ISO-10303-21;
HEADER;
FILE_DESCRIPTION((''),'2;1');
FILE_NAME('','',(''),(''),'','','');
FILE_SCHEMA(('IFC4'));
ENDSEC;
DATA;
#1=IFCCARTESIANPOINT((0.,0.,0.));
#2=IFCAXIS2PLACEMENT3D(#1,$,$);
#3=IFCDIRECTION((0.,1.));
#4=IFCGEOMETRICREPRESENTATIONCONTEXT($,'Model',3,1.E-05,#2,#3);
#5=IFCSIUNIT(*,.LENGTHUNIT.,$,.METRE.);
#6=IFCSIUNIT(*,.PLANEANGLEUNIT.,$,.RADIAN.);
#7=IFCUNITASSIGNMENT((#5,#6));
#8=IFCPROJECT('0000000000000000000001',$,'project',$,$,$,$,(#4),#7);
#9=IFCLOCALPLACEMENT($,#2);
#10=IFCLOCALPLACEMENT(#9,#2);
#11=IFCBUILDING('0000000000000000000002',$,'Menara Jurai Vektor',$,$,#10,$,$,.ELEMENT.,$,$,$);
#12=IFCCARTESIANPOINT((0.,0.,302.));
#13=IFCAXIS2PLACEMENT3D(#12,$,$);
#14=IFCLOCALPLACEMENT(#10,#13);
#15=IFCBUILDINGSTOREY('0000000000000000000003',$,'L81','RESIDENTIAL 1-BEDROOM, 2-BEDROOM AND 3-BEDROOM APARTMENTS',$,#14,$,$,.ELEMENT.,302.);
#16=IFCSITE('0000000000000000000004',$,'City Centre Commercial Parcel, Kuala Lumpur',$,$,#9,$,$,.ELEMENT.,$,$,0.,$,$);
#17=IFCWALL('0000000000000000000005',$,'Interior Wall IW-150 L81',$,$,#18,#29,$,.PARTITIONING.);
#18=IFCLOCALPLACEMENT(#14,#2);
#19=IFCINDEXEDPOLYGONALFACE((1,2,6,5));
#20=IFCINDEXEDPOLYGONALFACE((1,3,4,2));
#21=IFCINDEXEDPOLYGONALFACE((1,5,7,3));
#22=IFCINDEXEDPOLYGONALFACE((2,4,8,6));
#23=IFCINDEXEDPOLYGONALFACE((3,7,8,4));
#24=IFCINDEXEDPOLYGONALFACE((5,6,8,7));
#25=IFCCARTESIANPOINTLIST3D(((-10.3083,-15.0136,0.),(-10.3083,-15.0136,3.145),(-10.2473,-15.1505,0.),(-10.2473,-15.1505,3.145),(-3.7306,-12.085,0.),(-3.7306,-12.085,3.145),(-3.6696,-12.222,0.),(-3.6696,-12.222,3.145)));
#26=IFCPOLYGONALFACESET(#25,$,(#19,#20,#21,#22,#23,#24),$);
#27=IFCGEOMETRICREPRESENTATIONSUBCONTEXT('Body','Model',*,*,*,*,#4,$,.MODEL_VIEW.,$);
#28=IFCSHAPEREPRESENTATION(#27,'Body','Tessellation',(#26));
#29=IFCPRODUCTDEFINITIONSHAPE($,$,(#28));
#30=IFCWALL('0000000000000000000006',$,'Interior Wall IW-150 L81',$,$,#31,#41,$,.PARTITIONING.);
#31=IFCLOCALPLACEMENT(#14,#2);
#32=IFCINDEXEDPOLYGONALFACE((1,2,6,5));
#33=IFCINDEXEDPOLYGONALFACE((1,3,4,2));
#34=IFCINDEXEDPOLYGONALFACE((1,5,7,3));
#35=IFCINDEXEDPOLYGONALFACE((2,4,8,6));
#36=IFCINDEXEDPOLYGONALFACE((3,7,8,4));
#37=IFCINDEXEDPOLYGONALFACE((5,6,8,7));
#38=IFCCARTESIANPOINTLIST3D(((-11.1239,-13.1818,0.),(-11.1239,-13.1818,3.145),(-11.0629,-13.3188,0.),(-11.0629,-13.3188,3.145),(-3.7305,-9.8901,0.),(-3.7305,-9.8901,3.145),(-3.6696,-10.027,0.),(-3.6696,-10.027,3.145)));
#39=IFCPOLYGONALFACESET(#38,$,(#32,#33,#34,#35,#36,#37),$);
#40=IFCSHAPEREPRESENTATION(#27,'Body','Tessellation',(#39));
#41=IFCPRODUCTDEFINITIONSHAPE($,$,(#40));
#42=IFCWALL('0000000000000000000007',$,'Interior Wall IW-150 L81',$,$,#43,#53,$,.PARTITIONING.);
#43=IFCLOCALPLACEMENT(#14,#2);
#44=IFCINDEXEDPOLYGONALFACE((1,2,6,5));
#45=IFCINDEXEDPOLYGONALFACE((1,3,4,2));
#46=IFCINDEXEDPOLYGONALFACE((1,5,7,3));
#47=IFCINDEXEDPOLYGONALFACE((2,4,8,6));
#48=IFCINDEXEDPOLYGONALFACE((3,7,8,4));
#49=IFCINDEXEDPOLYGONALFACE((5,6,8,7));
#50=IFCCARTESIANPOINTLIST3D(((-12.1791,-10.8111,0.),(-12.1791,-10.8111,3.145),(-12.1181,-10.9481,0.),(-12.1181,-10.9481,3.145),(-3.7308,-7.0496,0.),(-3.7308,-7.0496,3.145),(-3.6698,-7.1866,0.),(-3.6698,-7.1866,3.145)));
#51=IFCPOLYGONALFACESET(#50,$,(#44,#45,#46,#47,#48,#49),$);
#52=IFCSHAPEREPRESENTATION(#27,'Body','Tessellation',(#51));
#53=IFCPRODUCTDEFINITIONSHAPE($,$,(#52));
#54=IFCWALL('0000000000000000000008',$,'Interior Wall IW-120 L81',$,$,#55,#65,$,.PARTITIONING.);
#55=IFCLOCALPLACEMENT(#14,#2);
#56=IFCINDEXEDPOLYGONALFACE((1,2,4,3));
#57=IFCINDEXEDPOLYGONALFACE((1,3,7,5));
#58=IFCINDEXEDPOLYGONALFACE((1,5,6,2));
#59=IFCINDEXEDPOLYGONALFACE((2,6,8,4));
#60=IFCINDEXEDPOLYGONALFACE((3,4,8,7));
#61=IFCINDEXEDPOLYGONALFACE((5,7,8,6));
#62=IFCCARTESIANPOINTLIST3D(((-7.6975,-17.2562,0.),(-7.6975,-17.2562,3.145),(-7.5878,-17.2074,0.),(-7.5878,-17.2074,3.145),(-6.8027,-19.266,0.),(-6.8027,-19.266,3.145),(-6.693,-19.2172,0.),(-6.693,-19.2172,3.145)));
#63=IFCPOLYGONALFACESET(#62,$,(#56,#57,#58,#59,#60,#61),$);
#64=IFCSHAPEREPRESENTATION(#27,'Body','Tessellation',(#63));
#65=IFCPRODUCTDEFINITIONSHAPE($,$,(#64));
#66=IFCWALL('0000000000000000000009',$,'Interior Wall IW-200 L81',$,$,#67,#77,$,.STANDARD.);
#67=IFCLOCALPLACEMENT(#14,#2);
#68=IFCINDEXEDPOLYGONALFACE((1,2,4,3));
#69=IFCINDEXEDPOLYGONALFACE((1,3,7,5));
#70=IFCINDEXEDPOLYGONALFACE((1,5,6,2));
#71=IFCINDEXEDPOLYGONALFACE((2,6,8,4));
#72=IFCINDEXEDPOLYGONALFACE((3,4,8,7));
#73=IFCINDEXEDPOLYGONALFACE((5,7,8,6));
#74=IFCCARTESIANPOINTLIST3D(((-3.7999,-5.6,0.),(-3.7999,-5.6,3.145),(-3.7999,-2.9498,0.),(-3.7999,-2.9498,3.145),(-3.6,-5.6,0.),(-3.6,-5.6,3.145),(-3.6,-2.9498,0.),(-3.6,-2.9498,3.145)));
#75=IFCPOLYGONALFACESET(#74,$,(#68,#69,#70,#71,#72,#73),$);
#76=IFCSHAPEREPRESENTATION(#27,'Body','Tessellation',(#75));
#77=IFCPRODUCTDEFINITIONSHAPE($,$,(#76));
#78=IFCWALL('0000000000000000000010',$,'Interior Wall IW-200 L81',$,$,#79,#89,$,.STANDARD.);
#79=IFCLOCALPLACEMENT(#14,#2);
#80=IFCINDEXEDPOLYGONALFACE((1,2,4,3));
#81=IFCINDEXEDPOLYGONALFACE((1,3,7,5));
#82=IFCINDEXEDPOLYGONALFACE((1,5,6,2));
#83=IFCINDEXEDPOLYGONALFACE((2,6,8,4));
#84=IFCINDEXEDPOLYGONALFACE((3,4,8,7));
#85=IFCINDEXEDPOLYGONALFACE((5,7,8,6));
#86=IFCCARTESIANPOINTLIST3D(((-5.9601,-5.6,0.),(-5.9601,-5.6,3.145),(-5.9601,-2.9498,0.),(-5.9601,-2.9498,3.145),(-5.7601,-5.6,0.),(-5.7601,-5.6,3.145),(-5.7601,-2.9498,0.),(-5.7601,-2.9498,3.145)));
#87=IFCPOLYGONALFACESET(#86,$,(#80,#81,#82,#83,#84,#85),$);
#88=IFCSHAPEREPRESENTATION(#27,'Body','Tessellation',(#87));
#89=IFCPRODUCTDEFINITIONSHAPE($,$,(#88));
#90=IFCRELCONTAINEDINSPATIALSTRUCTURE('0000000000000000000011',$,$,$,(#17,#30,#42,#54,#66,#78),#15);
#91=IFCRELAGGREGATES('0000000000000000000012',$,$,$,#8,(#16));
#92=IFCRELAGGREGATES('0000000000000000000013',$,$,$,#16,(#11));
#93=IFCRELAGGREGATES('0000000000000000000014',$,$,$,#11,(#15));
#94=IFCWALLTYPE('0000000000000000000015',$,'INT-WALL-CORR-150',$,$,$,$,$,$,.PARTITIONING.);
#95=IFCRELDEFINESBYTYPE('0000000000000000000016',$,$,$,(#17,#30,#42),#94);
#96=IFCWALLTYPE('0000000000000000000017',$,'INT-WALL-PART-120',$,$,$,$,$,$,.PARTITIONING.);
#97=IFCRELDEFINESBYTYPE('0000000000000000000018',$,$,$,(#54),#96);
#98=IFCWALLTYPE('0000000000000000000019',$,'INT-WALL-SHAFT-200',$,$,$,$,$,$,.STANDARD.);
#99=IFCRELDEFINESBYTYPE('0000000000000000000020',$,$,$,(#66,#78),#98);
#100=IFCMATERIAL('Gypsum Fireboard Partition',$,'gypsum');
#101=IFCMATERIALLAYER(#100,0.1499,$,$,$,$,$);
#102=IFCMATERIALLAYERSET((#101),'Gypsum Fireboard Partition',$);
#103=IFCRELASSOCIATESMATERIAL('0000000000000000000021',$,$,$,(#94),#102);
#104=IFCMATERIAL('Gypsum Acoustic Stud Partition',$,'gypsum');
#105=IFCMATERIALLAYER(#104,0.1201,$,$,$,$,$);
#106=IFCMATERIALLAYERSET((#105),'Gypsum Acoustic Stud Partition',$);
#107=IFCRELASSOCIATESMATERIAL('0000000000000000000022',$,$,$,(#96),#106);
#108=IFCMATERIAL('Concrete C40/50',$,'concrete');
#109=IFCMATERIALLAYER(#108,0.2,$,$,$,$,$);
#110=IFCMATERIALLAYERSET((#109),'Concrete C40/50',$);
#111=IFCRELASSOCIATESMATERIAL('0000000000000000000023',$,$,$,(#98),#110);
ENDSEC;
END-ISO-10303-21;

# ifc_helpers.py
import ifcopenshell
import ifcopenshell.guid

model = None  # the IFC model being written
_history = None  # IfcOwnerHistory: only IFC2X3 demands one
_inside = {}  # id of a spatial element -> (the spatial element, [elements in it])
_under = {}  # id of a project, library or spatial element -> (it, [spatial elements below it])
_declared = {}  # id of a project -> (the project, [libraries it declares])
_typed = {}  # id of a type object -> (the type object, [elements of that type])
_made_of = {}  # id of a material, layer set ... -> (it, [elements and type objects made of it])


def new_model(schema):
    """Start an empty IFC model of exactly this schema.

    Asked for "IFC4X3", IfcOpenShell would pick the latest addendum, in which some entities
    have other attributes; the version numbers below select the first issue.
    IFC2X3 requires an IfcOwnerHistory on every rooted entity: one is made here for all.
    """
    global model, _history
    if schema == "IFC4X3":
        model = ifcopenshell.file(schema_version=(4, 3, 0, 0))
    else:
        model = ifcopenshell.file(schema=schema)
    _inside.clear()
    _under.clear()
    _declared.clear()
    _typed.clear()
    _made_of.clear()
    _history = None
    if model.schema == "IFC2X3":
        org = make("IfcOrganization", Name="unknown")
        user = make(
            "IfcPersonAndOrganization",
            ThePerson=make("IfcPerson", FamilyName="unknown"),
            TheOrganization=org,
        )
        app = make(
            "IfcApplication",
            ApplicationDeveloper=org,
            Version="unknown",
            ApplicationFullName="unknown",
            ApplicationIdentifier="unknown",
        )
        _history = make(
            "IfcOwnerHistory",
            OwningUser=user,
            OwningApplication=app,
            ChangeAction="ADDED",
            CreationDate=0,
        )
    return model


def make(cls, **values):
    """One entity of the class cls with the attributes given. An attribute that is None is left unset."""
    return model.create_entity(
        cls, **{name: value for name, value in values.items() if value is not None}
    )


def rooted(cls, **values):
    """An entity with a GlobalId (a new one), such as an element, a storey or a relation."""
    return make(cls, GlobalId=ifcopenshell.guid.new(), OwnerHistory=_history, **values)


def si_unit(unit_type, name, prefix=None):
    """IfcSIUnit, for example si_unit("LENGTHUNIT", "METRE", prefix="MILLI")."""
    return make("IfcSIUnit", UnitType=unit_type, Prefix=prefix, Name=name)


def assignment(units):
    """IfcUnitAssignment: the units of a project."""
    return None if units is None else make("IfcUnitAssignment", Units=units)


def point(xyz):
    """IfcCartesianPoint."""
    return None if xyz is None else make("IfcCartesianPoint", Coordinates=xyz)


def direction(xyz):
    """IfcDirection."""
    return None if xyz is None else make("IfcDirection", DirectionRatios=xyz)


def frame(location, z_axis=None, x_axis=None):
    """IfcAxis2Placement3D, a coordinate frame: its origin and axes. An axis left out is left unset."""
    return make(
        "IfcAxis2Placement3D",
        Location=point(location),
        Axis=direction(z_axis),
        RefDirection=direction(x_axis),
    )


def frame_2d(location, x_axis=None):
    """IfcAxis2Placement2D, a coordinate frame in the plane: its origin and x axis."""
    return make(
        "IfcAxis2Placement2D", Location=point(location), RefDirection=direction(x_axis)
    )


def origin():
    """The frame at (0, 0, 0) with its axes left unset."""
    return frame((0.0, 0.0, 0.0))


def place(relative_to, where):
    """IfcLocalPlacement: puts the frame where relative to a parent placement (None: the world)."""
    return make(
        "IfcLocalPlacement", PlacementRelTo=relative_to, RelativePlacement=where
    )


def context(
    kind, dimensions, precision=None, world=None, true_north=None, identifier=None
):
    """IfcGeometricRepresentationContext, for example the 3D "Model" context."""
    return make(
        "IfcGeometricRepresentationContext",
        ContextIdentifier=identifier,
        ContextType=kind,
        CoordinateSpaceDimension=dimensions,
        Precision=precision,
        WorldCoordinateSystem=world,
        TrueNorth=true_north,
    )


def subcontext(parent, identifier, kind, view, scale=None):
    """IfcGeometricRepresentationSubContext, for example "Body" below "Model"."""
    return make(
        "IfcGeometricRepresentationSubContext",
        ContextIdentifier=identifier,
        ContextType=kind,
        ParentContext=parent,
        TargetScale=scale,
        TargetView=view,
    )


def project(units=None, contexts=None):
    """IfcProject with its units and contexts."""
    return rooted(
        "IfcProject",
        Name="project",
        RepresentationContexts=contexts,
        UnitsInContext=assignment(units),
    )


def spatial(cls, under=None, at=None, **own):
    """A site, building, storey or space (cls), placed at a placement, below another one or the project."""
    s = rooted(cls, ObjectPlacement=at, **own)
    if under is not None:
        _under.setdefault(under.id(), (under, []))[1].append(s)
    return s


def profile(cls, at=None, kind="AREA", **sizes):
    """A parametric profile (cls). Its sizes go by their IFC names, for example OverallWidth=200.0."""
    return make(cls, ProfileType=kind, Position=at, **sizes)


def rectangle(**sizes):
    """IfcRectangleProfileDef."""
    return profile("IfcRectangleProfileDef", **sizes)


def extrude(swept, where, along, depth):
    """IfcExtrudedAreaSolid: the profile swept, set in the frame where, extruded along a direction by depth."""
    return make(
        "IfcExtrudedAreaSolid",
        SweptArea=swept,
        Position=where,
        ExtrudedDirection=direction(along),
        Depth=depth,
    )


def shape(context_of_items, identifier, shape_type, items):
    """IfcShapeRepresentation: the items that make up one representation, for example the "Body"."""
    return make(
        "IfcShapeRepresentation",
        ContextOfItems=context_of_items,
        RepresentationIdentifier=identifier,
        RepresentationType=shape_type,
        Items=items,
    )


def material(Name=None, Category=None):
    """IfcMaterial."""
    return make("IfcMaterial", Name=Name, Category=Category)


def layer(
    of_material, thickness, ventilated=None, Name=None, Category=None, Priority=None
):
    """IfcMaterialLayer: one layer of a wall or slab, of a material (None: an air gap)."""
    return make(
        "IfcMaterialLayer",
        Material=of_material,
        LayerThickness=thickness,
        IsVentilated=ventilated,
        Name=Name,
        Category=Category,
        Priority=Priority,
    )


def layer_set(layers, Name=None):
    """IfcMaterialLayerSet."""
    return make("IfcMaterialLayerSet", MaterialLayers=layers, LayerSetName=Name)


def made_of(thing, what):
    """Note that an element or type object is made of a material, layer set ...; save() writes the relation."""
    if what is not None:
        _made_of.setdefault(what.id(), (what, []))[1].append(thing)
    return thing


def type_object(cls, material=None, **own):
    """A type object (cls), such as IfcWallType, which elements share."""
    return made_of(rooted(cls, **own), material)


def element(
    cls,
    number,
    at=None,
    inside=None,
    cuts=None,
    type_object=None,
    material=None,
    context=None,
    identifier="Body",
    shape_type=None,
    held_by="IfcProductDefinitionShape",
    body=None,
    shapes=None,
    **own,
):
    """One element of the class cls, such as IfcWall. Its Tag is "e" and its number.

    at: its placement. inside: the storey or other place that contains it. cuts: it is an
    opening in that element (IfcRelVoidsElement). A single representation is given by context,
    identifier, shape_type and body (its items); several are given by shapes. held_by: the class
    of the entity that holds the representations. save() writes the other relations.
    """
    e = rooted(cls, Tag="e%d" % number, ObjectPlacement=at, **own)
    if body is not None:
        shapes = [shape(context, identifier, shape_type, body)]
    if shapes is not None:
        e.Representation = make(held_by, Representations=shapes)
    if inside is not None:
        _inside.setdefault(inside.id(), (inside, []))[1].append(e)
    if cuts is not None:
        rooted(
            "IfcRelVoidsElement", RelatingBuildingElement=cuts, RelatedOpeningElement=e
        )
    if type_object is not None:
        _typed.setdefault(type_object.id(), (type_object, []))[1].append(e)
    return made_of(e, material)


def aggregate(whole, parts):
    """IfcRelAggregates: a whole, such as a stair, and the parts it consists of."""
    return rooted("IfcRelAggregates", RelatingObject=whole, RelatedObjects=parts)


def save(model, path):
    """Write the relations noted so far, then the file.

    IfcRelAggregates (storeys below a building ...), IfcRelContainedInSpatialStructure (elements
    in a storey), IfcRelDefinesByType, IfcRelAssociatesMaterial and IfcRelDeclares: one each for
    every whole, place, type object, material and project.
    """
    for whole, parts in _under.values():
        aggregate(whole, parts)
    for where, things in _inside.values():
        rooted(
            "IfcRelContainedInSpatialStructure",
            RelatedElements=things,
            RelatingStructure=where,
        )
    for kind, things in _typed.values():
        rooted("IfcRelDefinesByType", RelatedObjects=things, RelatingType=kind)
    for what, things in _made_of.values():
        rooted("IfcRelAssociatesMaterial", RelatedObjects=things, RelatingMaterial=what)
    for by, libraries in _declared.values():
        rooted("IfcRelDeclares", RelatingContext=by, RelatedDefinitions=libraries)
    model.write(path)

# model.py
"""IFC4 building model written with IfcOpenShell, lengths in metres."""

from ifc_helpers import new_model, si_unit, direction, frame, frame_2d, origin, place, context, subcontext, project, spatial, rectangle, extrude, material, layer, layer_set, type_object, element, save


model = new_model("IFC4")

# Units and contexts
model_context = context("Model", 3, precision=1e-05, world=origin(), true_north=direction((0.0, 1.0)))
body_context = subcontext(model_context, "Body", "Model", "MODEL_VIEW")
ifc_project = project(units=[si_unit("LENGTHUNIT", "METRE"), si_unit("PLANEANGLEUNIT", "RADIAN")], contexts=[model_context])

# Site, building, storey
site_placement = place(None, origin())
site = spatial("IfcSite", under=ifc_project, at=site_placement, Name="City Centre Commercial Parcel, Kuala Lumpur", CompositionType="ELEMENT", RefElevation=0.0)
building_placement = place(site_placement, origin())
building = spatial("IfcBuilding", under=site, at=building_placement, Name="Menara Jurai Vektor", CompositionType="ELEMENT")
storey_placement = place(building_placement, frame((0.0, 0.0, 302.0)))
storey = spatial("IfcBuildingStorey", under=building, at=storey_placement, Name="L81", Description="RESIDENTIAL 1-BEDROOM, 2-BEDROOM AND 3-BEDROOM APARTMENTS", CompositionType="ELEMENT", Elevation=302.0)

# Shared definitions
ifc_material_1 = material(Name="Gypsum Fireboard Partition", Category="gypsum")
ifc_layer_1 = layer(ifc_material_1, 0.1499)
ifc_layer_set_1 = layer_set([ifc_layer_1], Name="Gypsum Fireboard Partition")
wall_type_1 = type_object("IfcWallType", Name="INT-WALL-CORR-150", PredefinedType="PARTITIONING", material=ifc_layer_set_1)

# Walls
wall_1_placement = place(storey_placement, frame((-10.2778, -15.082, 0.0), z_axis=(0.0, 0.0, 1.0), x_axis=(0.91355, 0.406727, 0.0)))
element("IfcWall", 1, at=wall_1_placement, inside=storey, type_object=wall_type_1, Name="Interior Wall IW-150 L81", PredefinedType="PARTITIONING", context=body_context, shape_type="SweptSolid", body=[
    extrude(rectangle(XDim=7.2002, YDim=0.1499, at=frame_2d((3.6001, 0.0))), origin(), (0.0, 0.0, 1.0), 3.145),
])
wall_2_placement = place(storey_placement, frame((-11.0933, -13.2502, 0.0), z_axis=(0.0, 0.0, 1.0), x_axis=(0.913544, 0.40674, 0.0)))
element("IfcWall", 2, at=wall_2_placement, inside=storey, type_object=wall_type_1, Name="Interior Wall IW-150 L81", PredefinedType="PARTITIONING", context=body_context, shape_type="SweptSolid", body=[
    extrude(rectangle(XDim=8.093, YDim=0.1499, at=frame_2d((4.0464, 0.0))), origin(), (0.0, 0.0, 1.0), 3.145),
])
wall_3_placement = place(storey_placement, frame((-12.1487, -10.8796, 0.0), z_axis=(0.0, 0.0, 1.0), x_axis=(0.913542, 0.406743, 0.0)))
element("IfcWall", 3, at=wall_3_placement, inside=storey, type_object=wall_type_1, Name="Interior Wall IW-150 L81", PredefinedType="PARTITIONING", context=body_context, shape_type="SweptSolid", body=[
    extrude(rectangle(XDim=9.2478, YDim=0.1499, at=frame_2d((4.624, 0.0))), origin(), (0.0, 0.0, 1.0), 3.145),
])
ifc_material_2 = material(Name="Gypsum Acoustic Stud Partition", Category="gypsum")
ifc_layer_2 = layer(ifc_material_2, 0.1201)
ifc_layer_set_2 = layer_set([ifc_layer_2], Name="Gypsum Acoustic Stud Partition")
wall_type_2 = type_object("IfcWallType", Name="INT-WALL-PART-120", PredefinedType="PARTITIONING", material=ifc_layer_set_2)
wall_4_placement = place(storey_placement, frame((-6.7478, -19.2417, 0.0), z_axis=(0.0, 0.0, 1.0), x_axis=(-0.406725, 0.913551, 0.0)))
element("IfcWall", 4, at=wall_4_placement, inside=storey, type_object=wall_type_2, Name="Interior Wall IW-120 L81", PredefinedType="PARTITIONING", context=body_context, shape_type="SweptSolid", body=[
    extrude(rectangle(XDim=2.2, YDim=0.1201, at=frame_2d((1.1001, 0.0))), origin(), (0.0, 0.0, 1.0), 3.145),
])
ifc_material_3 = material(Name="Concrete C40/50", Category="concrete")
ifc_layer_3 = layer(ifc_material_3, 0.2)
ifc_layer_set_3 = layer_set([ifc_layer_3], Name="Concrete C40/50")
wall_type_3 = type_object("IfcWallType", Name="INT-WALL-SHAFT-200", PredefinedType="STANDARD", material=ifc_layer_set_3)
for number, where, z_axis, x_axis, name in (
    (5, (-3.7, -5.6001, 0.0), (0.0, 0.0, 1.0), (0.0, 1.0, 0.0), "Interior Wall IW-200 L81"),
    (6, (-5.8601, -5.6001, 0.0), (0.0, 0.0, 1.0), (0.0, 1.0, 0.0), "Interior Wall IW-200 L81"),
):
    element("IfcWall", number, at=place(storey_placement, frame(where, z_axis=z_axis, x_axis=x_axis)), inside=storey, type_object=wall_type_3, Name=name, PredefinedType="STANDARD", context=body_context, shape_type="SweptSolid", body=[
        extrude(rectangle(XDim=2.6501, YDim=0.2, at=frame_2d((1.3252, 0.0))), origin(), (0.0, 0.0, 1.0), 3.145),
    ])

save(model, "model.ifc")
